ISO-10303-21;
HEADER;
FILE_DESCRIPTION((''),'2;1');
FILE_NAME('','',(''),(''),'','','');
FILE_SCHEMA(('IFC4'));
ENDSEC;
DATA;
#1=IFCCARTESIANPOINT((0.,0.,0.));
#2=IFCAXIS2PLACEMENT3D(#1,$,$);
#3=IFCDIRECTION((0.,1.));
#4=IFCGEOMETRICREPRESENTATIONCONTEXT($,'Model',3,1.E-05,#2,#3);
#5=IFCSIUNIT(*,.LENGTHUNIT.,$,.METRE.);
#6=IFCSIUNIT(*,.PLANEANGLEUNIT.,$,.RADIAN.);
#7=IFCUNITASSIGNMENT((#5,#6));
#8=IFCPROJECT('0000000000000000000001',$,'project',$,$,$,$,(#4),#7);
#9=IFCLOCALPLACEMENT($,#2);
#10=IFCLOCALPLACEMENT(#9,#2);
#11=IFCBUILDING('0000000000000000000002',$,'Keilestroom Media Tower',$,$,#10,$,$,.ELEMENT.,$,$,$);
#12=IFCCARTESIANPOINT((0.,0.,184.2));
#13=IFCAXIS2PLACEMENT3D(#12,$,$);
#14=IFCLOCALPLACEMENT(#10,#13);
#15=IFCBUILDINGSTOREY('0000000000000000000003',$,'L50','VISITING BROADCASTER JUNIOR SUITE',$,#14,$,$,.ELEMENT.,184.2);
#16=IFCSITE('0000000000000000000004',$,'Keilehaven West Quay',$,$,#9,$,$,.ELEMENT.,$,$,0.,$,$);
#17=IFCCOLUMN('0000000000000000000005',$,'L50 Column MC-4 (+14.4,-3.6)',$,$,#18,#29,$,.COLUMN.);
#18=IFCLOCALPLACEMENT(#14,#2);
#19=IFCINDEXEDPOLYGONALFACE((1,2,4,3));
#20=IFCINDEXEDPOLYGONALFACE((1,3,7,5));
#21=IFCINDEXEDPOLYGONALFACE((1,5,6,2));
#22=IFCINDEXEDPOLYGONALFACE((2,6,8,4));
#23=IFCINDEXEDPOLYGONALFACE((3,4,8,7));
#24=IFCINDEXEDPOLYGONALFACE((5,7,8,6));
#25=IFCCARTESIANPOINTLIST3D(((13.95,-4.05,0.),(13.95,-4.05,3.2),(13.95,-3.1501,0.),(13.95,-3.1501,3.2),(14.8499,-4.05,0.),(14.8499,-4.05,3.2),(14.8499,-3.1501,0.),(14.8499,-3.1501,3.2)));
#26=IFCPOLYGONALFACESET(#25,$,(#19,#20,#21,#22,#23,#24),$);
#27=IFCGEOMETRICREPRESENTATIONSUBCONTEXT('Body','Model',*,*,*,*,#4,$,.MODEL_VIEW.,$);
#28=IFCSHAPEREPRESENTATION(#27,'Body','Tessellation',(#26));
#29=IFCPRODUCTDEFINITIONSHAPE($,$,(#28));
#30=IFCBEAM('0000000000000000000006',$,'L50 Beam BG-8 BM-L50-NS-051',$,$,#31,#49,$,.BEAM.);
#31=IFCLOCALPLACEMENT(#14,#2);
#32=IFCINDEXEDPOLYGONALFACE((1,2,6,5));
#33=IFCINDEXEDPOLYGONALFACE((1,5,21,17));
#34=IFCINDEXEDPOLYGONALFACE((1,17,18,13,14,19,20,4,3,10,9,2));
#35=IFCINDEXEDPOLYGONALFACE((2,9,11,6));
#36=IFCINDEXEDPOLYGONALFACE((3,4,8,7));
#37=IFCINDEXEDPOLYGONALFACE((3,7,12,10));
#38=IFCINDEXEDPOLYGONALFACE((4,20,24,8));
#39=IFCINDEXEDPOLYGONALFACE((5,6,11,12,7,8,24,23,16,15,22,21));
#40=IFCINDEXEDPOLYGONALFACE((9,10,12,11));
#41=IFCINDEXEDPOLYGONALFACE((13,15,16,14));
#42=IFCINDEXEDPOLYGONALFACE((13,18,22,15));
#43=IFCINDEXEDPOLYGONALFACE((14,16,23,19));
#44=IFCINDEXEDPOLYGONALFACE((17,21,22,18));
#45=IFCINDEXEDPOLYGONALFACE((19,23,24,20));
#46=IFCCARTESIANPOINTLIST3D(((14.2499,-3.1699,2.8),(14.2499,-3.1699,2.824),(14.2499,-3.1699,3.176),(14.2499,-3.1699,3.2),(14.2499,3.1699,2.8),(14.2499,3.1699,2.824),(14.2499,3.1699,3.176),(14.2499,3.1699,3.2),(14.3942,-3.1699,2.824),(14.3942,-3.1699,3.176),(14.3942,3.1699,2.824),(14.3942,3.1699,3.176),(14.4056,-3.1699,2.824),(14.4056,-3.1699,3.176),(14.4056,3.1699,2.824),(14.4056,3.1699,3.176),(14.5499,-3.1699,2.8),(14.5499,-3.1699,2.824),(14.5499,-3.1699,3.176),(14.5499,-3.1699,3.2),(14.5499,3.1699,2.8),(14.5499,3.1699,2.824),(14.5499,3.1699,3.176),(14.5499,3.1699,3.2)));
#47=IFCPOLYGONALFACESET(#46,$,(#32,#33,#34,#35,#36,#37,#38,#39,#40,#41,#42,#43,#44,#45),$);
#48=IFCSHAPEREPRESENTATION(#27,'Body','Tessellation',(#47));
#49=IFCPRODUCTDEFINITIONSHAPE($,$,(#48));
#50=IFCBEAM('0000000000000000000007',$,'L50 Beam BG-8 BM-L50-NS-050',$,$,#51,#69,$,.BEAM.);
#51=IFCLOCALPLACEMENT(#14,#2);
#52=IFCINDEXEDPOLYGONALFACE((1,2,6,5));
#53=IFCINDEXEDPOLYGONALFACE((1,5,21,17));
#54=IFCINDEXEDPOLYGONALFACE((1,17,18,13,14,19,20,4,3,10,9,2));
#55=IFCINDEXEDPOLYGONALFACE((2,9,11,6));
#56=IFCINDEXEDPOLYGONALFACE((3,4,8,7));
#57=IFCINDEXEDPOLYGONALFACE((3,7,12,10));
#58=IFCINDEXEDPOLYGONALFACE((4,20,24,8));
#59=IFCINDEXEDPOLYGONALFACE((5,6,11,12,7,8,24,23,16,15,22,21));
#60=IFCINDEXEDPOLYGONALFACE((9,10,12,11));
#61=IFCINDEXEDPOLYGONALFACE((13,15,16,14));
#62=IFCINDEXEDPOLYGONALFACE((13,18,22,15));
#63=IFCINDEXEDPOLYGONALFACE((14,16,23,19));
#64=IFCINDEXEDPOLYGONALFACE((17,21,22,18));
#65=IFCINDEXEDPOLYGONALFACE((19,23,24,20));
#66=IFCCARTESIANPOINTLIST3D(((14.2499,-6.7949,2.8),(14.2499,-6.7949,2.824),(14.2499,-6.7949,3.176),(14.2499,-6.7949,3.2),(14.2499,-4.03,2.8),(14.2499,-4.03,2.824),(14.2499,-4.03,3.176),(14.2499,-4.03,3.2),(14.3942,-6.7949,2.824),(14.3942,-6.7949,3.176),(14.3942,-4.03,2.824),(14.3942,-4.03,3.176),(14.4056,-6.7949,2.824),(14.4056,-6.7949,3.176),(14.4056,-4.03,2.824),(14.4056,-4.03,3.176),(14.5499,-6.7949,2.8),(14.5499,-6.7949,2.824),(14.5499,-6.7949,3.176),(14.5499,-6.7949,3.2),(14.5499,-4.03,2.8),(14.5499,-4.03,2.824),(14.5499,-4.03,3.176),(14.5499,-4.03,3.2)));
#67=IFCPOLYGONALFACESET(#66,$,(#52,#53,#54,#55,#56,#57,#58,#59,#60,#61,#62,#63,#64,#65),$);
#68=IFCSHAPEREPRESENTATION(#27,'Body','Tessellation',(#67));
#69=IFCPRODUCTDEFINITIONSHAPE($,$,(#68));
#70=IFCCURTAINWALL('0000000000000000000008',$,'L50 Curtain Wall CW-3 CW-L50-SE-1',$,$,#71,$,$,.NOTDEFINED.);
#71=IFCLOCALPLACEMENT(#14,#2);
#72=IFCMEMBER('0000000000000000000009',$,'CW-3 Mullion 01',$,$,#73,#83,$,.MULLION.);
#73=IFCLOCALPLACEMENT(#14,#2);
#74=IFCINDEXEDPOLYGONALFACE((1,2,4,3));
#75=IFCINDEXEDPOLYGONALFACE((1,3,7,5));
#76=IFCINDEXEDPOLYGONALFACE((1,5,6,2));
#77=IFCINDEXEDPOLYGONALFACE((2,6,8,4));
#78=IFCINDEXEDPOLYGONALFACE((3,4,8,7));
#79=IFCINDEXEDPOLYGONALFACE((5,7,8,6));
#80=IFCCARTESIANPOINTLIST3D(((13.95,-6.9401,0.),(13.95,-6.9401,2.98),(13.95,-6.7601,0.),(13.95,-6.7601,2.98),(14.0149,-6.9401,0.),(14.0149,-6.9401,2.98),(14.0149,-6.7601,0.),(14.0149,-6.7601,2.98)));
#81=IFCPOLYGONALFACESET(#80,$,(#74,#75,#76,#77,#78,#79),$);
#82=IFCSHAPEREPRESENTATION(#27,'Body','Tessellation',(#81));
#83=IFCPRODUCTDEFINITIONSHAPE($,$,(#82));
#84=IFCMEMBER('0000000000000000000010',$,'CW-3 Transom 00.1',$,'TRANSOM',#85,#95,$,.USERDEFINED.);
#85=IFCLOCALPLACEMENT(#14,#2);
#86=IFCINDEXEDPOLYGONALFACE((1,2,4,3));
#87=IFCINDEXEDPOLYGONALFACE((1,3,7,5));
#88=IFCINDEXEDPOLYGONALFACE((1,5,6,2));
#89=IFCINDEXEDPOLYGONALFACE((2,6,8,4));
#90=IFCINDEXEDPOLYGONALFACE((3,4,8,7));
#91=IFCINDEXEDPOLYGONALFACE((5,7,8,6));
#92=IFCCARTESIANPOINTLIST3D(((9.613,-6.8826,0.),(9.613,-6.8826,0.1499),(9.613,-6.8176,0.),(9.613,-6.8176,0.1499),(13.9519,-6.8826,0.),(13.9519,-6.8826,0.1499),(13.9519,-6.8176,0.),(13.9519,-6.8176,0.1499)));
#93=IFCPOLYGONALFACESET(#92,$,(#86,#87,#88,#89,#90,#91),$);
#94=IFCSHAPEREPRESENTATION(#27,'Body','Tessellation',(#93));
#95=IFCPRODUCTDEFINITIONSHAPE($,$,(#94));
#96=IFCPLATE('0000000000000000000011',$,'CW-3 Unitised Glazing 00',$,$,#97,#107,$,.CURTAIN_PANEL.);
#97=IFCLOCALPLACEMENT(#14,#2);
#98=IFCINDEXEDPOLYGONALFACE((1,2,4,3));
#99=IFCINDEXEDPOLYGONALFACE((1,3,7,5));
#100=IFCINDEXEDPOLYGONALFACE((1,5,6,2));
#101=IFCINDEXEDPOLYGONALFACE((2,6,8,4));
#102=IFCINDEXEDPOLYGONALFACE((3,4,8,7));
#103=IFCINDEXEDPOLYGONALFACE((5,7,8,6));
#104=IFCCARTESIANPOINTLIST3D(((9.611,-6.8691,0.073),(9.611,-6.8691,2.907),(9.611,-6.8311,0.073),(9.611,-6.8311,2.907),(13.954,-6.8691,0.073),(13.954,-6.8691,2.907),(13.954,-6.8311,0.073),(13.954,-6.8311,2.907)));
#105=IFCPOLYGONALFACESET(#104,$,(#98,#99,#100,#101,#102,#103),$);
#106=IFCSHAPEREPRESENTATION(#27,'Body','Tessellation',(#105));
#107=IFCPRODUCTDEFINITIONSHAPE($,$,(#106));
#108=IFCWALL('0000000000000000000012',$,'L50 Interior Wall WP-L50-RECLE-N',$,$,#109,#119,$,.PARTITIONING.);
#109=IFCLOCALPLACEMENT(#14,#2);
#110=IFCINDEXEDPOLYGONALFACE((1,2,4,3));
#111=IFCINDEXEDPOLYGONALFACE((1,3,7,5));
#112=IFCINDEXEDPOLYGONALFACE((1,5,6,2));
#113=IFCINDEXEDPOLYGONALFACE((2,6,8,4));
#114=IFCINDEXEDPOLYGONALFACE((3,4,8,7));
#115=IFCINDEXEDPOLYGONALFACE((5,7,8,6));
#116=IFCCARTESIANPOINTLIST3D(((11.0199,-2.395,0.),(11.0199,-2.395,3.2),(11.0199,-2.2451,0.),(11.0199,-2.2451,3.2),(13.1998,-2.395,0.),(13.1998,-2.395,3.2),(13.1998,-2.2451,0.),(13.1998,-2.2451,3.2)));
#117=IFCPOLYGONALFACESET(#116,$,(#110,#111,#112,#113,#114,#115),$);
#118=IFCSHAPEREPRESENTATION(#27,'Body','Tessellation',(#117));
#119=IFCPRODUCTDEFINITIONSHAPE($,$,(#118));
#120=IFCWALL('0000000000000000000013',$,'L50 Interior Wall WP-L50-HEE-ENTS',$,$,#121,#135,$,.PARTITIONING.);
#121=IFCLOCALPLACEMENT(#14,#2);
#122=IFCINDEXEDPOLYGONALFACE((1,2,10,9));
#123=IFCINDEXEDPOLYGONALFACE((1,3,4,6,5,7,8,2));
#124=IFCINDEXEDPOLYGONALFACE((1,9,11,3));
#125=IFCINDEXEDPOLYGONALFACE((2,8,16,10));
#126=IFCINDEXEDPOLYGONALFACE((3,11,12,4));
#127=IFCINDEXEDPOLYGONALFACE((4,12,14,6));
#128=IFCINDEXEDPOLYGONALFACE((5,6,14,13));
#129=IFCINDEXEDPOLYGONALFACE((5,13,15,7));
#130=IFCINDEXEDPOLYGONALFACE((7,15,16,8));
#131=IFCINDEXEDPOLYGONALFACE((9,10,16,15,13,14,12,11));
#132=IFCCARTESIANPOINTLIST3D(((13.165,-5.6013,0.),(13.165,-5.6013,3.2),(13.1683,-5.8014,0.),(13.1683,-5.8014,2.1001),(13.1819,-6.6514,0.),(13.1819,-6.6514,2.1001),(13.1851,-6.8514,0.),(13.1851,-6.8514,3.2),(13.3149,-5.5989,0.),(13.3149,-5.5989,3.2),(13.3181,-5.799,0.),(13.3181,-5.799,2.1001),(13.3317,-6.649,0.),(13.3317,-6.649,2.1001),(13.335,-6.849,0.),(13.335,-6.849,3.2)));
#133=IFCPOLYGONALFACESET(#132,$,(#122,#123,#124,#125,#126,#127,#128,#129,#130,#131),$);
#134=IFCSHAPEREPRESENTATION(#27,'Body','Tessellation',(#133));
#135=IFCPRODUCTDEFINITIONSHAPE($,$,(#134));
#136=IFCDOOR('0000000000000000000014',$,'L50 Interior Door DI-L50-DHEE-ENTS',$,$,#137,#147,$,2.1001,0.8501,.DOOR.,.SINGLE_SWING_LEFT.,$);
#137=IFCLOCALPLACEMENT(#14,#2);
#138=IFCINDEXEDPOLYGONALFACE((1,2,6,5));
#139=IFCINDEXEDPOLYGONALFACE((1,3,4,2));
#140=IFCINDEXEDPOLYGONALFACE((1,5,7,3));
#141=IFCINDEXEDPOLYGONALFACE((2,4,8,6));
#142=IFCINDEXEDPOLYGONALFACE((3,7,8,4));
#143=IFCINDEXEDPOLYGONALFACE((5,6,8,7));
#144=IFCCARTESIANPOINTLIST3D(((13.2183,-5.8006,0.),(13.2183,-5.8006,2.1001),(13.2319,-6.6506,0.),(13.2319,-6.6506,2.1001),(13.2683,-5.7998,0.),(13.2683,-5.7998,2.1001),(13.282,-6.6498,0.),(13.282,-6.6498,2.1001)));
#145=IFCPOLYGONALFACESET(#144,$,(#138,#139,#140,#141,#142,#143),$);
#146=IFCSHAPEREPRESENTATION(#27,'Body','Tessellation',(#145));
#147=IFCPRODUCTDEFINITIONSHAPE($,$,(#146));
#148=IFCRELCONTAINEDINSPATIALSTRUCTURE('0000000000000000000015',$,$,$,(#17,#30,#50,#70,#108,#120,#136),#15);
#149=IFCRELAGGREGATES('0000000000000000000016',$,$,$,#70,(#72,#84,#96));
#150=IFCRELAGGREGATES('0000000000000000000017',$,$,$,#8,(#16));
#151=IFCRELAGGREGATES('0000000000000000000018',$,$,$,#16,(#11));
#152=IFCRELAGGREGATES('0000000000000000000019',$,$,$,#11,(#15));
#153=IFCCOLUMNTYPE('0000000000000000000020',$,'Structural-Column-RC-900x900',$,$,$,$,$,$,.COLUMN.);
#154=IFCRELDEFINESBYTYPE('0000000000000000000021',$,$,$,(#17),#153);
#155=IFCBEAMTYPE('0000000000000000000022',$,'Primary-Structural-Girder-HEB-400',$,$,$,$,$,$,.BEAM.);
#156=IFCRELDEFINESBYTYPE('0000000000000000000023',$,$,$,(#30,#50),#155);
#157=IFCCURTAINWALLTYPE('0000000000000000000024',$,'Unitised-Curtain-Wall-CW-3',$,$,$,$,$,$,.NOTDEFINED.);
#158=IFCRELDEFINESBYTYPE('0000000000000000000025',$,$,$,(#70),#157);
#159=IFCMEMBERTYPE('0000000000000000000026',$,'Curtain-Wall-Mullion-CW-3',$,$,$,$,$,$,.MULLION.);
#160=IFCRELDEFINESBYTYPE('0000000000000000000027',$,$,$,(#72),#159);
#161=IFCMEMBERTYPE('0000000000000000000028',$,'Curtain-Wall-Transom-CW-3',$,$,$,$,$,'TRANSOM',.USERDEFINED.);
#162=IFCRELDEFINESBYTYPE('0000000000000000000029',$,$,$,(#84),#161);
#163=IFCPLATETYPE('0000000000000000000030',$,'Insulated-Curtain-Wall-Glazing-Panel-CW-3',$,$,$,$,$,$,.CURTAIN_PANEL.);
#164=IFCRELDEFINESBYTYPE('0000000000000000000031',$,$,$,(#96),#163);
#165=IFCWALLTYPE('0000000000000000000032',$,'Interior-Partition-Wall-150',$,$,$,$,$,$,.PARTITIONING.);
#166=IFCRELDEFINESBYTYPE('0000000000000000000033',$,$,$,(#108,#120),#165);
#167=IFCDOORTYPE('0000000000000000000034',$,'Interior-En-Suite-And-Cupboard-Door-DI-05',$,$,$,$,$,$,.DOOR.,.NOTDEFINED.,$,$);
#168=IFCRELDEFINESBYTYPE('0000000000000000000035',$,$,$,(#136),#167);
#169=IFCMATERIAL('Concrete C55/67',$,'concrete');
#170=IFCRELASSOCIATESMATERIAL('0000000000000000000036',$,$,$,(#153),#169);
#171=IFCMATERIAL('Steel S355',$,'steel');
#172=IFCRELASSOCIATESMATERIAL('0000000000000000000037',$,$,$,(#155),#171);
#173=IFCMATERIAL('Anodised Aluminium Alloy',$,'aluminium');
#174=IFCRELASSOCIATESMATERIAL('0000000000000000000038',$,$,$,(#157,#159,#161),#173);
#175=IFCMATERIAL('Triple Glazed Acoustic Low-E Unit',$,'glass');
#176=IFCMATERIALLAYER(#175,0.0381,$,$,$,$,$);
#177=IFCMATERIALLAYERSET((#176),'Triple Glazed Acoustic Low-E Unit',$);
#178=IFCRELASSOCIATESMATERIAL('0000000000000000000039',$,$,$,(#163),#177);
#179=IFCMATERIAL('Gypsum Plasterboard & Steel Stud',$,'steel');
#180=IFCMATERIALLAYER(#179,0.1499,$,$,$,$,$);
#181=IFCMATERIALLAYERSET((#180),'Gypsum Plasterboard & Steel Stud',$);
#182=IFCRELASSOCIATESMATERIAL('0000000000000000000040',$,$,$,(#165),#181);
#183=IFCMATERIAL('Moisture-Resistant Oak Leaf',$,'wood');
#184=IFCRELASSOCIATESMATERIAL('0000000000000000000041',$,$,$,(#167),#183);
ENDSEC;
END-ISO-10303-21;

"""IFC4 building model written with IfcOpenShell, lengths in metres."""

from ifc_helpers import new_model, si_unit, direction, frame, frame_2d, origin, origin_2d, place, context, subcontext, project, spatial, rectangle, i_section, extrude, source, transform, mapped, material, layer, layer_set, material_profile, profile_set, type_object, element, fill, aggregate, save


model = new_model("IFC4")

# Units and contexts
model_context = context("Model", 3, precision=1e-05, world=origin(), true_north=direction((0.0, 1.0)))
body_context = subcontext(model_context, "Body", "Model", "MODEL_VIEW")
ifc_project = project(units=[si_unit("LENGTHUNIT", "METRE"), si_unit("PLANEANGLEUNIT", "RADIAN")], contexts=[model_context])

# Site, building, storey
site_placement = place(None, origin())
site = spatial("IfcSite", under=ifc_project, at=site_placement, Name="Keilehaven West Quay", CompositionType="ELEMENT", RefElevation=0.0)
building_placement = place(site_placement, origin())
building = spatial("IfcBuilding", under=site, at=building_placement, Name="Keilestroom Media Tower", CompositionType="ELEMENT")
storey_placement = place(building_placement, frame((0.0, 0.0, 184.2)))
storey = spatial("IfcBuildingStorey", under=building, at=storey_placement, Name="L50", Description="VISITING BROADCASTER JUNIOR SUITE", CompositionType="ELEMENT", Elevation=184.2)

# Column
ifc_material_1 = material(Name="Concrete C55/67", Category="concrete")
ifc_material_profile_1 = material_profile(ifc_material_1, rectangle(XDim=0.8999, YDim=0.8999, at=origin_2d()), Name="RC 900x900")
ifc_profile_set_1 = profile_set([ifc_material_profile_1], Name="Concrete C55/67")
column_type = type_object("IfcColumnType", Name="Structural-Column-RC-900x900", PredefinedType="COLUMN", material=ifc_profile_set_1)
shared_shape_1 = source(origin(), body_context, "Body", "SweptSolid", [
    extrude(rectangle(XDim=0.8999, YDim=0.8999, at=origin_2d()), origin(), (0.0, 0.0, 1.0), 3.2),
])
column_placement = place(storey_placement, frame((14.3999, -3.6001, 0.0), z_axis=(0.0, 0.0, 1.0), x_axis=(1.0, 0.0, 0.0)))
element("IfcColumn", 1, at=column_placement, inside=storey, type_object=column_type, Name="L50 Column MC-4 (+14.4,-3.6)", PredefinedType="COLUMN", context=body_context, shape_type="MappedRepresentation", body=[
    mapped(shared_shape_1, transform((0.0, 0.0, 0.0), x_axis=(1.0, 0.0, 0.0), y_axis=(0.0, 1.0, 0.0), z_axis=(0.0, 0.0, 1.0), scale=1.0)),
])

# Beams
ifc_material_2 = material(Name="Steel S355", Category="steel")
ifc_material_profile_2 = material_profile(ifc_material_2, i_section(OverallWidth=0.3, OverallDepth=0.3999, WebThickness=0.0115, FlangeThickness=0.0239, at=origin_2d()), Name="HEB 400")
ifc_profile_set_2 = profile_set([ifc_material_profile_2], Name="Steel S355")
beam_type = type_object("IfcBeamType", Name="Primary-Structural-Girder-HEB-400", PredefinedType="BEAM", material=ifc_profile_set_2)
shared_shape_2 = source(origin(), body_context, "Body", "SweptSolid", [
    extrude(i_section(OverallWidth=0.3, OverallDepth=0.3999, WebThickness=0.0115, FlangeThickness=0.0239, at=origin_2d()), origin(), (0.0, 0.0, 1.0), 6.3398),
])
beam_1_placement = place(storey_placement, frame((14.3999, -3.1699, 3.0), z_axis=(0.0, 1.0, 0.0), x_axis=(-1.0, 0.0, 0.0)))
element("IfcBeam", 2, at=beam_1_placement, inside=storey, type_object=beam_type, Name="L50 Beam BG-8 BM-L50-NS-051", PredefinedType="BEAM", context=body_context, shape_type="MappedRepresentation", body=[
    mapped(shared_shape_2, transform((0.0, 0.0, 0.0), x_axis=(1.0, 0.0, 0.0), y_axis=(0.0, 1.0, 0.0), z_axis=(0.0, 0.0, 1.0), scale=1.0)),
])
shared_shape_3 = source(origin(), body_context, "Body", "SweptSolid", [
    extrude(i_section(OverallWidth=0.3, OverallDepth=0.3999, WebThickness=0.0115, FlangeThickness=0.0239, at=origin_2d()), origin(), (0.0, 0.0, 1.0), 2.7649),
])
beam_2_placement = place(storey_placement, frame((14.3999, -6.7949, 3.0), z_axis=(0.0, 1.0, 0.0), x_axis=(-1.0, 0.0, 0.0)))
element("IfcBeam", 3, at=beam_2_placement, inside=storey, type_object=beam_type, Name="L50 Beam BG-8 BM-L50-NS-050", PredefinedType="BEAM", context=body_context, shape_type="MappedRepresentation", body=[
    mapped(shared_shape_3, transform((0.0, 0.0, 0.0), x_axis=(1.0, 0.0, 0.0), y_axis=(0.0, 1.0, 0.0), z_axis=(0.0, 0.0, 1.0), scale=1.0)),
])

# Curtain wall, members, plate
ifc_material_3 = material(Name="Anodised Aluminium Alloy", Category="aluminium")
curtain_wall_type = type_object("IfcCurtainWallType", Name="Unitised-Curtain-Wall-CW-3", PredefinedType="NOTDEFINED", material=ifc_material_3)
curtain_wall_placement = place(storey_placement, origin())
curtain_wall = element("IfcCurtainWall", 4, at=curtain_wall_placement, inside=storey, type_object=curtain_wall_type, Name="L50 Curtain Wall CW-3 CW-L50-SE-1", PredefinedType="NOTDEFINED")
ifc_material_profile_3 = material_profile(ifc_material_3, rectangle(XDim=0.0649, YDim=0.1799, at=origin_2d()), Name="ALU MULLION 65x180")
ifc_profile_set_3 = profile_set([ifc_material_profile_3], Name="Anodised Aluminium Alloy")
member_type_1 = type_object("IfcMemberType", Name="Curtain-Wall-Mullion-CW-3", PredefinedType="MULLION", material=ifc_profile_set_3)
shared_shape_4 = source(origin(), body_context, "Body", "SweptSolid", [
    extrude(rectangle(XDim=0.0649, YDim=0.1799, at=origin_2d()), origin(), (0.0, 0.0, 1.0), 2.98),
])
member_1_placement = place(storey_placement, frame((13.9824, -6.8501, 0.0), z_axis=(0.0, 0.0, 1.0), x_axis=(1.0, 0.0, 0.0)))
member_1 = element("IfcMember", 5, at=member_1_placement, type_object=member_type_1, Name="CW-3 Mullion 01", PredefinedType="MULLION", context=body_context, shape_type="MappedRepresentation", body=[
    mapped(shared_shape_4, transform((0.0, 0.0, 0.0), x_axis=(1.0, 0.0, 0.0), y_axis=(0.0, 1.0, 0.0), z_axis=(0.0, 0.0, 1.0), scale=1.0)),
])
ifc_material_profile_4 = material_profile(ifc_material_3, rectangle(XDim=0.0649, YDim=0.1499, at=origin_2d()), Name="ALU TRANSOM 65x150")
ifc_profile_set_4 = profile_set([ifc_material_profile_4], Name="Anodised Aluminium Alloy")
member_type_2 = type_object("IfcMemberType", Name="Curtain-Wall-Transom-CW-3", ElementType="TRANSOM", PredefinedType="USERDEFINED", material=ifc_profile_set_4)
shared_shape_5 = source(origin(), body_context, "Body", "SweptSolid", [
    extrude(rectangle(XDim=0.0649, YDim=0.1499, at=origin_2d()), origin(), (0.0, 0.0, 1.0), 4.3389),
])
member_2_placement = place(storey_placement, frame((9.613, -6.8501, 0.075), z_axis=(1.0, 0.0, 0.0), x_axis=(0.0, 1.0, 0.0)))
member_2 = element("IfcMember", 6, at=member_2_placement, type_object=member_type_2, Name="CW-3 Transom 00.1", ObjectType="TRANSOM", PredefinedType="USERDEFINED", context=body_context, shape_type="MappedRepresentation", body=[
    mapped(shared_shape_5, transform((0.0, 0.0, 0.0), x_axis=(1.0, 0.0, 0.0), y_axis=(0.0, 1.0, 0.0), z_axis=(0.0, 0.0, 1.0), scale=1.0)),
])
ifc_material_4 = material(Name="Triple Glazed Acoustic Low-E Unit", Category="glass")
ifc_layer_1 = layer(ifc_material_4, 0.0381)
ifc_layer_set_1 = layer_set([ifc_layer_1], Name="Triple Glazed Acoustic Low-E Unit")
plate_type = type_object("IfcPlateType", Name="Insulated-Curtain-Wall-Glazing-Panel-CW-3", PredefinedType="CURTAIN_PANEL", material=ifc_layer_set_1)
shared_shape_6 = source(origin(), body_context, "Body", "SweptSolid", [
    extrude(rectangle(XDim=4.343, YDim=0.0381, at=origin_2d()), origin(), (0.0, 0.0, 1.0), 2.834),
])
plate_placement = place(storey_placement, frame((11.7825, -6.8501, 0.073), z_axis=(0.0, 0.0, 1.0), x_axis=(1.0, 0.0, 0.0)))
plate = element("IfcPlate", 7, at=plate_placement, type_object=plate_type, Name="CW-3 Unitised Glazing 00", PredefinedType="CURTAIN_PANEL", context=body_context, shape_type="MappedRepresentation", body=[
    mapped(shared_shape_6, transform((0.0, 0.0, 0.0), x_axis=(1.0, 0.0, 0.0), y_axis=(0.0, 1.0, 0.0), z_axis=(0.0, 0.0, 1.0), scale=1.0)),
])
aggregate(curtain_wall, [member_1, member_2, plate])

# Wall
ifc_material_5 = material(Name="Gypsum Plasterboard & Steel Stud", Category="steel")
ifc_layer_2 = layer(ifc_material_5, 0.1499)
ifc_layer_set_2 = layer_set([ifc_layer_2], Name="Gypsum Plasterboard & Steel Stud")
wall_type_1 = type_object("IfcWallType", Name="Interior-Partition-Wall-150", PredefinedType="PARTITIONING", material=ifc_layer_set_2)
wall_1_placement = place(storey_placement, frame((11.02, -2.3201, 0.0), z_axis=(0.0, 0.0, 1.0), x_axis=(1.0, 0.0, 0.0)))
element("IfcWall", 8, at=wall_1_placement, inside=storey, type_object=wall_type_1, Name="L50 Interior Wall WP-L50-RECLE-N", PredefinedType="PARTITIONING", context=body_context, shape_type="SweptSolid", body=[
    extrude(rectangle(XDim=2.1799, YDim=0.1499, at=frame_2d((1.0898, 0.0))), origin(), (0.0, 0.0, 1.0), 3.2),
])

# Wall, opening, door
wall_2_placement = place(storey_placement, frame((13.26, -6.8501, 0.0), z_axis=(0.0, 0.0, 1.0), x_axis=(-0.016014, 0.999872, 0.0)))
wall_2 = element("IfcWall", 9, at=wall_2_placement, inside=storey, type_object=wall_type_1, Name="L50 Interior Wall WP-L50-HEE-ENTS", PredefinedType="PARTITIONING", context=body_context, shape_type="SweptSolid", body=[
    extrude(rectangle(XDim=1.2502, YDim=0.1499, at=frame_2d((0.625, 0.0))), origin(), (0.0, 0.0, 1.0), 3.2),
])
opening_1_placement = place(wall_2_placement, frame((0.2, 0.0, 0.0)))
opening_1 = element("IfcOpeningElement", 10, at=opening_1_placement, cuts=wall_2, PredefinedType="OPENING", context=body_context, shape_type="SweptSolid", body=[
    extrude(rectangle(XDim=0.8501, YDim=2.1001, at=frame_2d((0.425, 1.05))), frame((0.0, 0.085, 0.0), z_axis=(0.0, -1.0, 0.0), x_axis=(1.0, 0.0, 0.0)), (0.0, 0.0, 1.0), 0.1699),
])
ifc_material_6 = material(Name="Moisture-Resistant Oak Leaf", Category="wood")
door_type = type_object("IfcDoorType", Name="Interior-En-Suite-And-Cupboard-Door-DI-05", OperationType="NOTDEFINED", PredefinedType="DOOR", material=ifc_material_6)
shared_shape_7 = source(origin(), body_context, "Body", "SweptSolid", [
    extrude(rectangle(XDim=0.8501, YDim=2.1001, at=frame_2d((0.425, 1.05))), frame((0.0, 0.0249, 0.0), z_axis=(0.0, -1.0, 0.0), x_axis=(1.0, 0.0, 0.0)), (0.0, 0.0, 1.0), 0.05),
])
door_1_placement = place(opening_1_placement, origin())
door_1 = element("IfcDoor", 11, at=door_1_placement, inside=storey, type_object=door_type, Name="L50 Interior Door DI-L50-DHEE-ENTS", OperationType="SINGLE_SWING_LEFT", OverallHeight=2.1001, OverallWidth=0.8501, PredefinedType="DOOR", context=body_context, shape_type="MappedRepresentation", body=[
    mapped(shared_shape_7, transform((0.0, 0.0, 0.0), x_axis=(1.0, 0.0, 0.0), y_axis=(0.0, 1.0, 0.0), z_axis=(0.0, 0.0, 1.0), scale=1.0)),
])
fill(opening_1, door_1)

save(model, "model.ifc")
